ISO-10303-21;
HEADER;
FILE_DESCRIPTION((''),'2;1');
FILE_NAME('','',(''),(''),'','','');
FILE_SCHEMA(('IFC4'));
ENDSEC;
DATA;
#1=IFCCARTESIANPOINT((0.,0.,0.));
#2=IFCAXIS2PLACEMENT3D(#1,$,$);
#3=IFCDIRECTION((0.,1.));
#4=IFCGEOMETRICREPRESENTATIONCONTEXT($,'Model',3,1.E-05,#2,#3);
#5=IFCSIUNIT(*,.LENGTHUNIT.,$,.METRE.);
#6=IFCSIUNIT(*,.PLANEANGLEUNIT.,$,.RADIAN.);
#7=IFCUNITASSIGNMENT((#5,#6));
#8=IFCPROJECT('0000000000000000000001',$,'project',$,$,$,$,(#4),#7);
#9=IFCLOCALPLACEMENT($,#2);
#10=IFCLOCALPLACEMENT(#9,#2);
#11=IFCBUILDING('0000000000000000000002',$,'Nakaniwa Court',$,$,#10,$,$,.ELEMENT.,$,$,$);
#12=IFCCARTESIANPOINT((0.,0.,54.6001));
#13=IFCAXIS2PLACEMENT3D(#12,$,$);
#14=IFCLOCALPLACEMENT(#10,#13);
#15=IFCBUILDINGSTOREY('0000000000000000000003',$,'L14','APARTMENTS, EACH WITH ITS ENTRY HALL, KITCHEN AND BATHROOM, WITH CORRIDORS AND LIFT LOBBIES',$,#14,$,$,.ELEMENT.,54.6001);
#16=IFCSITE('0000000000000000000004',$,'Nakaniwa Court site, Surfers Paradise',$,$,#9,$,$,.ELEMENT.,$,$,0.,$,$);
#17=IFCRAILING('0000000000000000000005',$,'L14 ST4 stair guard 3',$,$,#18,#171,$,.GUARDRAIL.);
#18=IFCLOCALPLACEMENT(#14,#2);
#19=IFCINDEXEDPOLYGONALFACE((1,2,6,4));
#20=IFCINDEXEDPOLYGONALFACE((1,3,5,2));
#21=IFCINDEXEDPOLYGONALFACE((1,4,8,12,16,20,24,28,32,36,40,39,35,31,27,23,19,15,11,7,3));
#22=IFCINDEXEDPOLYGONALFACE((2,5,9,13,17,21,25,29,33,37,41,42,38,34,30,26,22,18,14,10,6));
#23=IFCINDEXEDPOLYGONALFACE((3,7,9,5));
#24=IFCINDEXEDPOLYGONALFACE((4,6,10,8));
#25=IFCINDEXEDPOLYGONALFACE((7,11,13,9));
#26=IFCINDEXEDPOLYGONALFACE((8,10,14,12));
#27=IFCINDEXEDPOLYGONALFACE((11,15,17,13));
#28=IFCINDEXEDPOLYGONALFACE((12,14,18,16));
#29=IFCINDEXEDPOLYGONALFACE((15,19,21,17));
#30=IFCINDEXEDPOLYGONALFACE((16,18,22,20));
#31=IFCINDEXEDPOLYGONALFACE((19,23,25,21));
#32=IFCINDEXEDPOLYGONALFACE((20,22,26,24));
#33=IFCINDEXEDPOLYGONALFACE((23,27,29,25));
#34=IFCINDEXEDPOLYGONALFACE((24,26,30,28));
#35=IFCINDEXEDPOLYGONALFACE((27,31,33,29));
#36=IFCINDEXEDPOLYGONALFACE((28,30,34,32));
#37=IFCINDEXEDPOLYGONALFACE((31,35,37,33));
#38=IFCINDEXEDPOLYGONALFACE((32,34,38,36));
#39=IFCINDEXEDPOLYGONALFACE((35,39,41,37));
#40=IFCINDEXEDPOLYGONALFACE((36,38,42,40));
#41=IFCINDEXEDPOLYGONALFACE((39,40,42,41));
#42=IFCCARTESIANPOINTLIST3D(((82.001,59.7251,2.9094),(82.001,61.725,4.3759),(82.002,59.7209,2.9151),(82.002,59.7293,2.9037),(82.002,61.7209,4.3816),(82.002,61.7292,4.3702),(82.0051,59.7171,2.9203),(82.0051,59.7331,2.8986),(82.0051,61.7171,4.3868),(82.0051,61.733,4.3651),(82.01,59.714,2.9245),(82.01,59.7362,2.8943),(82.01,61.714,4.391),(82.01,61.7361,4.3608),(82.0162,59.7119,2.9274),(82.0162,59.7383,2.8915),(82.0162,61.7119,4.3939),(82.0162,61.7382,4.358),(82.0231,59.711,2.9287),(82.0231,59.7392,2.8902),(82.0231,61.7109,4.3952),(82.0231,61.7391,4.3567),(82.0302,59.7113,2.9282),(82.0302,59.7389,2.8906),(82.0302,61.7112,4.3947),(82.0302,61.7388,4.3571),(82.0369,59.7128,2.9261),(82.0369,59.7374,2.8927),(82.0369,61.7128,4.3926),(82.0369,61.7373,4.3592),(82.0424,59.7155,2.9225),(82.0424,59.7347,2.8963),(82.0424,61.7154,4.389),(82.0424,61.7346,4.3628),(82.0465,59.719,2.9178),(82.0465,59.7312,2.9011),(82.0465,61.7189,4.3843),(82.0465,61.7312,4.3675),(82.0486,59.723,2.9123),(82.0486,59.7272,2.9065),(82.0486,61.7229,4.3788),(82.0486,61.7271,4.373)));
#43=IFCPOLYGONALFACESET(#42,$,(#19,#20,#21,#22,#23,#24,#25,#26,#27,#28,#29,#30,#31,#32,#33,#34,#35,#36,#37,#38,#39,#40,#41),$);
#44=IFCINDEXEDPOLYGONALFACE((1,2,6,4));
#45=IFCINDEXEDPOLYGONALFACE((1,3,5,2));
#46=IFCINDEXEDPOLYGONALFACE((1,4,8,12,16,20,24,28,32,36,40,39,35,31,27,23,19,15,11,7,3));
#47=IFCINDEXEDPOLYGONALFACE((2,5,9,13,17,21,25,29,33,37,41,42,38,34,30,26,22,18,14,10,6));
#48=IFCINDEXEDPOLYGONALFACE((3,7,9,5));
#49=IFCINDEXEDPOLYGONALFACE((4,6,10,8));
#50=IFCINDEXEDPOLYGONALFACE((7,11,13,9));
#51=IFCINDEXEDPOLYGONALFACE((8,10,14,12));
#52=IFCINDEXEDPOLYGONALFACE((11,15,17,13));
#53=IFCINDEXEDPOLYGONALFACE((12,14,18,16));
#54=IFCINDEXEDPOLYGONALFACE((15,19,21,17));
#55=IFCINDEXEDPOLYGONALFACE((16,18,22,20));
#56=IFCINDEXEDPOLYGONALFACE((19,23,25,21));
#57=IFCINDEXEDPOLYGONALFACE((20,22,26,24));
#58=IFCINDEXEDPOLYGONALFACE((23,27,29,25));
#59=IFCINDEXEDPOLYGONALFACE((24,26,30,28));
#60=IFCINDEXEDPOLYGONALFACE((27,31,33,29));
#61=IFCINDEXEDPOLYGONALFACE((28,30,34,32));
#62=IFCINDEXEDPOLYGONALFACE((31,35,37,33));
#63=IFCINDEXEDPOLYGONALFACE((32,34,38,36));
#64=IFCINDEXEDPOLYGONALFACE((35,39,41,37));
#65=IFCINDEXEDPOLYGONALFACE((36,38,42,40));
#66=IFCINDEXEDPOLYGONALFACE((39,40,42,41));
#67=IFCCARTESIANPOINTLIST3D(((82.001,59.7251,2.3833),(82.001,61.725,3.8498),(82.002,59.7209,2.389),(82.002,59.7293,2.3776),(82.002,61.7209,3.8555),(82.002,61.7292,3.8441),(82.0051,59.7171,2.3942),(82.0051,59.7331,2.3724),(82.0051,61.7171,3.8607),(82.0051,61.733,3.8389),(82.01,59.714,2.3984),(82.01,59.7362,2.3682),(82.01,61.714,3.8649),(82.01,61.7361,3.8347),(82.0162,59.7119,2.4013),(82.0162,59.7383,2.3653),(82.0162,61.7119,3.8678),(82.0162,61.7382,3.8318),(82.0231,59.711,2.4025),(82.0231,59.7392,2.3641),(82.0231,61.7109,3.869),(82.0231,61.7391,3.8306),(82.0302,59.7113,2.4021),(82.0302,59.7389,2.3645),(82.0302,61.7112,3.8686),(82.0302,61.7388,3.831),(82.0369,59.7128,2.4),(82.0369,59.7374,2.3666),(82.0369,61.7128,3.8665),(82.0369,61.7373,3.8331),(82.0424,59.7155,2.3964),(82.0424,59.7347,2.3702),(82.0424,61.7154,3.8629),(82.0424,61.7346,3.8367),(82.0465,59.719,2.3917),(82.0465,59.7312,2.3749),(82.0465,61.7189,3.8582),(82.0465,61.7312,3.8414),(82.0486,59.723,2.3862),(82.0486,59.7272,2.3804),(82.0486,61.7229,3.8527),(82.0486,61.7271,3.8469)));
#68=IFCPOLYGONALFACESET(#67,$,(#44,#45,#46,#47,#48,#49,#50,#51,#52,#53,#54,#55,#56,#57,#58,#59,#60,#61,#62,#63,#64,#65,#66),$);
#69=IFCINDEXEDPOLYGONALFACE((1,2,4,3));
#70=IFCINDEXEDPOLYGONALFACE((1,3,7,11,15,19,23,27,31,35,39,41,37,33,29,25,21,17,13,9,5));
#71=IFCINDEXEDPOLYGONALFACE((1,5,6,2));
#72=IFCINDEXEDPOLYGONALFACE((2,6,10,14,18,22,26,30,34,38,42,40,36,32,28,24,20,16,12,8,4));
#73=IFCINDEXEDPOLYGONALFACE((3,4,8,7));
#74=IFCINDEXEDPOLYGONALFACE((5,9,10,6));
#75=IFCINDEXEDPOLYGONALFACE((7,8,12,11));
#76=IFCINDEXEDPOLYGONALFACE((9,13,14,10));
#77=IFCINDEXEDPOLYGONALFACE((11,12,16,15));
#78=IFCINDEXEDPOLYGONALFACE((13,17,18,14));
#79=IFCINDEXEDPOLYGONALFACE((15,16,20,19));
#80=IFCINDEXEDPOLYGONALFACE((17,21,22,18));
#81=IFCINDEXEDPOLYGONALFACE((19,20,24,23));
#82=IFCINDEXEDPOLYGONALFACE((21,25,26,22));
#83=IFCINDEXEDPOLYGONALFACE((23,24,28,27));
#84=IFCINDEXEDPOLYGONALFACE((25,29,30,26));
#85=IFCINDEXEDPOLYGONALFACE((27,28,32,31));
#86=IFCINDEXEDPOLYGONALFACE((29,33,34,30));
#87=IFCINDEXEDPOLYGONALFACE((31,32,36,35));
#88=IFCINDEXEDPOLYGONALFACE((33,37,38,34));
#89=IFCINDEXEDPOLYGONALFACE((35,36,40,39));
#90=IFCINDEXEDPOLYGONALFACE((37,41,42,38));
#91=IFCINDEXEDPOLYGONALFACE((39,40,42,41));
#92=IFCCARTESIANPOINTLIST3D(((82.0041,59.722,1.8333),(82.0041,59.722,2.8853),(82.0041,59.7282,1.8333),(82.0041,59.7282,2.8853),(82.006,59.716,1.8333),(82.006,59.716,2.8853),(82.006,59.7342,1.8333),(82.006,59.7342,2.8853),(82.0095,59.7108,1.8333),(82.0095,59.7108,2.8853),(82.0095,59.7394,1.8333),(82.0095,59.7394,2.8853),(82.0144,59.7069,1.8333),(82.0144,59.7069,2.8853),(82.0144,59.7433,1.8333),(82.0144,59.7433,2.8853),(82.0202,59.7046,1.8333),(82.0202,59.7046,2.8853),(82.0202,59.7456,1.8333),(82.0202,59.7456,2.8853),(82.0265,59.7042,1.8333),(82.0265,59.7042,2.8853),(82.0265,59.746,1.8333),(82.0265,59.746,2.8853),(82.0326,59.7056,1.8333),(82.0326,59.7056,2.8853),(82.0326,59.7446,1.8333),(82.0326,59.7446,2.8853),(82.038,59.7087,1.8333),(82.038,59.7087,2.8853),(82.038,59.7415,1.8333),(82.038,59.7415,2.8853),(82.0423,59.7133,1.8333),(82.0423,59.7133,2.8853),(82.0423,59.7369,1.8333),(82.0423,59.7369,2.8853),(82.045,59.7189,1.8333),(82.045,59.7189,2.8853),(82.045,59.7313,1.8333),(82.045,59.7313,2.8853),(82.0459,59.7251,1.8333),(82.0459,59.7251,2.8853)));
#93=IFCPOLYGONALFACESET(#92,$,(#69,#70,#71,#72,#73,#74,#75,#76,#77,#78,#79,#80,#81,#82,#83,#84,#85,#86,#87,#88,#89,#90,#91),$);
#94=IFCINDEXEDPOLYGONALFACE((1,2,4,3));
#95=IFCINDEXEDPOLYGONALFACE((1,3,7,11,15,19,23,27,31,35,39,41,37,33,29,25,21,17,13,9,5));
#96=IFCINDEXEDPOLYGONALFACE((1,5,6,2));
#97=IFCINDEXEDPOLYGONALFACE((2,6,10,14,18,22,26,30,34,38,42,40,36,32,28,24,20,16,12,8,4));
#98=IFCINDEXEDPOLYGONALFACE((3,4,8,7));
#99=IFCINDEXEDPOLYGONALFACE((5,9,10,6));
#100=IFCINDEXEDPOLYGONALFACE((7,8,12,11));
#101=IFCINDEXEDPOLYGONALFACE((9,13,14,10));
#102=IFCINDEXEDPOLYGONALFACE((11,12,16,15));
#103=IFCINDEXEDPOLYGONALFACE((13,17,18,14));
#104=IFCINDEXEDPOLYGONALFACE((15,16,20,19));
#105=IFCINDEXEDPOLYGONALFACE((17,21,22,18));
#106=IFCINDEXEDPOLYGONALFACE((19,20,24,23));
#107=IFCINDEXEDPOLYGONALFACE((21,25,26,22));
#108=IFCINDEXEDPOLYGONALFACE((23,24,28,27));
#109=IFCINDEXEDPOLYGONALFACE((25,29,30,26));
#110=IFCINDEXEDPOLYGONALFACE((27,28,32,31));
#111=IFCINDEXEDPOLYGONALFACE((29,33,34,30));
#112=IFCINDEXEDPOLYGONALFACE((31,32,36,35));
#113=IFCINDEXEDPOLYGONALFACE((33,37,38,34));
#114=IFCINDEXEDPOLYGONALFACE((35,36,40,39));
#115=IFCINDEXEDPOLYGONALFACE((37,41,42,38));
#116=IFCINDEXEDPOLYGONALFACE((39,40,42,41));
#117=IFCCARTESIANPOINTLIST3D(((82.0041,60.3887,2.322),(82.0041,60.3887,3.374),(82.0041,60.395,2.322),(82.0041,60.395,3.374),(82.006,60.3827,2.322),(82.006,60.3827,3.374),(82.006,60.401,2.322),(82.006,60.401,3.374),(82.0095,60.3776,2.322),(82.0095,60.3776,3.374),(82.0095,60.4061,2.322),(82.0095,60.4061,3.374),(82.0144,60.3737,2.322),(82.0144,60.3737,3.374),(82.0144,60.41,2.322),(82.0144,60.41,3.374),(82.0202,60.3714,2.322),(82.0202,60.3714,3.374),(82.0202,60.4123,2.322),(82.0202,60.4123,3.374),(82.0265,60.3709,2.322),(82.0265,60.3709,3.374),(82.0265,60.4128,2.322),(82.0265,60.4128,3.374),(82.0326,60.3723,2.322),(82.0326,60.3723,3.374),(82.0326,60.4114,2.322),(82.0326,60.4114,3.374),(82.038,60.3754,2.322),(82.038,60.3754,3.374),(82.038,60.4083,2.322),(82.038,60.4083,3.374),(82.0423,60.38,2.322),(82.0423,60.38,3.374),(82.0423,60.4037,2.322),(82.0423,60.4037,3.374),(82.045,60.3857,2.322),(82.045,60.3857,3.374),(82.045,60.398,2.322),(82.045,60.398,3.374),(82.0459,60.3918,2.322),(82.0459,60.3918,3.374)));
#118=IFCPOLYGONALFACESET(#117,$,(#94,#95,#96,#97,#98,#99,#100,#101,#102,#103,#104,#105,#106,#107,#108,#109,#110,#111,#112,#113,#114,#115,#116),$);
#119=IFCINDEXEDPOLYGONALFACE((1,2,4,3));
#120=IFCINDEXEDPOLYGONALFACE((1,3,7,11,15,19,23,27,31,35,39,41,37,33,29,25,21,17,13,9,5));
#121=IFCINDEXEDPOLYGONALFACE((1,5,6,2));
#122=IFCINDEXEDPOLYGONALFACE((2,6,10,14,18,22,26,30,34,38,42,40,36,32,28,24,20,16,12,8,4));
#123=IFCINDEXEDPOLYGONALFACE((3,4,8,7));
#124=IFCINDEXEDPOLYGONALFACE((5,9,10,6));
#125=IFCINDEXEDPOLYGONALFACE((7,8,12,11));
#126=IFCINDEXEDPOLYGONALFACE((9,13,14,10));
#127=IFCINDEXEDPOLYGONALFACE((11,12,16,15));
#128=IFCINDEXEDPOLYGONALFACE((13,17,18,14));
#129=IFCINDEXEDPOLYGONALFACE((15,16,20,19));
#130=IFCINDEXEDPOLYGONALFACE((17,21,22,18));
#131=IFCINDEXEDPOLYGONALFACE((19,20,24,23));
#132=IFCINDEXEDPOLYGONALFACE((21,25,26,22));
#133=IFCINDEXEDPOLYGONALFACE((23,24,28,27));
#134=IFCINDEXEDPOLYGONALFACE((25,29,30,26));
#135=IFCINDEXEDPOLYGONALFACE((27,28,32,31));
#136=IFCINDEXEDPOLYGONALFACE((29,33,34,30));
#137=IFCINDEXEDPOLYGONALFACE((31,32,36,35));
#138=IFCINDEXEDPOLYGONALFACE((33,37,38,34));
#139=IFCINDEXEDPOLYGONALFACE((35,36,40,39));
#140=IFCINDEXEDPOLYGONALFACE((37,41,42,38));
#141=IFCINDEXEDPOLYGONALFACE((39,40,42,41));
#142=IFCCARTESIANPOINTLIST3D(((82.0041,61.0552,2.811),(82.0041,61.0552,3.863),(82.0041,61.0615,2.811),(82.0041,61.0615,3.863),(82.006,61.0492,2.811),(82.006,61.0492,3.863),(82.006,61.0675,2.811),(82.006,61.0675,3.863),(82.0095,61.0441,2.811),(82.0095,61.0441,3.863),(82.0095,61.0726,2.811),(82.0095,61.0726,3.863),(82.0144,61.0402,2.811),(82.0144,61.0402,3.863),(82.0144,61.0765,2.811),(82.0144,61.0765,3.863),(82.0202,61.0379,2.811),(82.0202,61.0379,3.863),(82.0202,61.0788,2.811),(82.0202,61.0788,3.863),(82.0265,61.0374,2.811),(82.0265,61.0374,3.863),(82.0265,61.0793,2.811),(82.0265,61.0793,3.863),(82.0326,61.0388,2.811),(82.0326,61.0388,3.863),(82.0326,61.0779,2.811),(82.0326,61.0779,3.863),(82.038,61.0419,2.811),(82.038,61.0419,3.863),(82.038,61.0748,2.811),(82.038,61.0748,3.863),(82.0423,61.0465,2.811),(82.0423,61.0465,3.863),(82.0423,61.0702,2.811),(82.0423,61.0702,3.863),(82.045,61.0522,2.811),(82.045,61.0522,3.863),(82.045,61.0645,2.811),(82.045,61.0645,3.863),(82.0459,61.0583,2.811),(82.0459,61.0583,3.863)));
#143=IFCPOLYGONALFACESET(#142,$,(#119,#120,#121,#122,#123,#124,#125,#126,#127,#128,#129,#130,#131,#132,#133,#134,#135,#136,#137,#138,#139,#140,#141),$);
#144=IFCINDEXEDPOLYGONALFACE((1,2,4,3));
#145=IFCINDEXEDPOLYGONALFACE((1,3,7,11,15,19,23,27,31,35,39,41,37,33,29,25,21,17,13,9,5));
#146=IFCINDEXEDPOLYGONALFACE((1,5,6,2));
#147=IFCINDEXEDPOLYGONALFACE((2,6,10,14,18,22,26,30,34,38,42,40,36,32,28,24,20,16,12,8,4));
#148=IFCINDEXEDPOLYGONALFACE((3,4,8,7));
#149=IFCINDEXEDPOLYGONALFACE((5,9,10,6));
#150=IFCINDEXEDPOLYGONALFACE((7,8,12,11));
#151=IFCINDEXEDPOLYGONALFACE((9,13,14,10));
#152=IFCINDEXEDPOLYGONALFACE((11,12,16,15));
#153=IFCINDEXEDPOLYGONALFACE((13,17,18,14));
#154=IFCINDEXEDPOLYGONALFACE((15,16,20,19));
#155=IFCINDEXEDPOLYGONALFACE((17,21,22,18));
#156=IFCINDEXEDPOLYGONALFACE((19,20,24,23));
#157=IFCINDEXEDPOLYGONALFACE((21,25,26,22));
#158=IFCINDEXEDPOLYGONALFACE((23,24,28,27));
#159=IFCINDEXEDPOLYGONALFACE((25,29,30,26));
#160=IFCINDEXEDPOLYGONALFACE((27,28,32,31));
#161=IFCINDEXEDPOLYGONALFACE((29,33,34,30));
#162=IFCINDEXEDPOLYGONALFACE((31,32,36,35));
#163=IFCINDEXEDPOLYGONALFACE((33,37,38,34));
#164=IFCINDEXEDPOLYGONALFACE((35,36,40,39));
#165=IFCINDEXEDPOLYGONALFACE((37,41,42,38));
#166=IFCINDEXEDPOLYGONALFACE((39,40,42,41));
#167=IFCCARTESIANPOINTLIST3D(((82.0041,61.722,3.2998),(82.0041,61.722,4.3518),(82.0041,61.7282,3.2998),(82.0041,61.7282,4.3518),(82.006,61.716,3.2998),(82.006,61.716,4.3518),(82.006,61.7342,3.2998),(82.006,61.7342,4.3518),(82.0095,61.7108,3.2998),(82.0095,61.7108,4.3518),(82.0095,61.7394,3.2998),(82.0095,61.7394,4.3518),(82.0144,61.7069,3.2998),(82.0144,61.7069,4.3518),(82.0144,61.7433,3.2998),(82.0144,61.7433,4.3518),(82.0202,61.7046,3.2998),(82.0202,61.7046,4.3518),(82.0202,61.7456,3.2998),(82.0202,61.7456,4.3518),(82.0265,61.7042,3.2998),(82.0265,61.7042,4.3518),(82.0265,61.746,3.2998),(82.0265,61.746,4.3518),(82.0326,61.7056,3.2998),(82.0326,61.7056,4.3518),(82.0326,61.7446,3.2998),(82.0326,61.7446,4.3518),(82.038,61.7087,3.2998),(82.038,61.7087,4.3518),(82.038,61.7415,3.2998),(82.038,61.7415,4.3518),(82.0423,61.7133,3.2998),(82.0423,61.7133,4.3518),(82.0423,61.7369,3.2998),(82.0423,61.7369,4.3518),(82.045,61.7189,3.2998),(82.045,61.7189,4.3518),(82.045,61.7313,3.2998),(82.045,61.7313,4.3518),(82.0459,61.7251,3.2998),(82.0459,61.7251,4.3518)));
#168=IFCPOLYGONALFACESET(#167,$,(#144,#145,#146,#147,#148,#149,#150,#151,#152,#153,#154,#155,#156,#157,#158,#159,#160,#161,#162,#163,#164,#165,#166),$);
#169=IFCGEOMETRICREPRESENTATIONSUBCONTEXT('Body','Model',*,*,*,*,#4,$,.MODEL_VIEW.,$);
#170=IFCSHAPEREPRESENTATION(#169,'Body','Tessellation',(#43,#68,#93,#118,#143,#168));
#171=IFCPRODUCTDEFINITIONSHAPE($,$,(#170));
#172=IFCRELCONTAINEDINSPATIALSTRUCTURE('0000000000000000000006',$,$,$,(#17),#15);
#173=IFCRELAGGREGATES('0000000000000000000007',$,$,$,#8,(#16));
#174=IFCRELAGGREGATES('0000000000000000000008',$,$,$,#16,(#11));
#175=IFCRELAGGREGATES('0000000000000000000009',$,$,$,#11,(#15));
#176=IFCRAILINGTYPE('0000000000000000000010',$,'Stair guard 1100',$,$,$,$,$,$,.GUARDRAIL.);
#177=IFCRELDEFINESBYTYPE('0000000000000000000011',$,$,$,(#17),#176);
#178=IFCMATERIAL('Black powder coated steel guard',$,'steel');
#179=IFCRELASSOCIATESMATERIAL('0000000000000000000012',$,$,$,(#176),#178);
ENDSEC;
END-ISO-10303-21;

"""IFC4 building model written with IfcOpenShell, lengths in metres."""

from ifc_helpers import new_model, si_unit, direction, frame, origin, origin_2d, place, context, subcontext, project, spatial, circle, extrude, material, type_object, element, save


model = new_model("IFC4")

# Units and contexts
model_context = context("Model", 3, precision=1e-05, world=origin(), true_north=direction((0.0, 1.0)))
body_context = subcontext(model_context, "Body", "Model", "MODEL_VIEW")
ifc_project = project(units=[si_unit("LENGTHUNIT", "METRE"), si_unit("PLANEANGLEUNIT", "RADIAN")], contexts=[model_context])

# Site, building, storey
site_placement = place(None, origin())
site = spatial("IfcSite", under=ifc_project, at=site_placement, Name="Nakaniwa Court site, Surfers Paradise", CompositionType="ELEMENT", RefElevation=0.0)
building_placement = place(site_placement, origin())
building = spatial("IfcBuilding", under=site, at=building_placement, Name="Nakaniwa Court", CompositionType="ELEMENT")
storey_placement = place(building_placement, frame((0.0, 0.0, 54.6001)))
storey = spatial("IfcBuildingStorey", under=building, at=storey_placement, Name="L14", Description="APARTMENTS, EACH WITH ITS ENTRY HALL, KITCHEN AND BATHROOM, WITH CORRIDORS AND LIFT LOBBIES", CompositionType="ELEMENT", Elevation=54.6001)

# Railing
ifc_material_1 = material(Name="Black powder coated steel guard", Category="steel")
railing_type_1 = type_object("IfcRailingType", Name="Stair guard 1100", PredefinedType="GUARDRAIL", material=ifc_material_1)
railing_1_placement = place(storey_placement, frame((82.0249, 59.7251, 1.8333)))
element("IfcRailing", 1, at=railing_1_placement, inside=storey, type_object=railing_type_1, Name="L14 ST4 stair guard 3", PredefinedType="GUARDRAIL", context=body_context, shape_type="SweptSolid", body=[
    extrude(circle(Radius=0.0239, at=origin_2d()), frame((0.0, 0.0, 1.0762), z_axis=(0.0, 0.806427, 0.591334), x_axis=(-1.0, 0.0, 0.0)), (0.0, 0.0, 1.0), 2.48),
    extrude(circle(Radius=0.0239, at=origin_2d()), frame((0.0, 0.0, 0.55), z_axis=(0.0, 0.806427, 0.591334), x_axis=(-1.0, 0.0, 0.0)), (0.0, 0.0, 1.0), 2.48),
    extrude(circle(Radius=0.021, at=origin_2d()), origin(), (0.0, 0.0, 1.0), 1.052),
    extrude(circle(Radius=0.021, at=origin_2d()), frame((0.0, 0.6667, 0.4888)), (0.0, 0.0, 1.0), 1.052),
    extrude(circle(Radius=0.021, at=origin_2d()), frame((0.0, 1.3333, 0.9778)), (0.0, 0.0, 1.0), 1.052),
    extrude(circle(Radius=0.021, at=origin_2d()), frame((0.0, 2.0, 1.4666)), (0.0, 0.0, 1.0), 1.052),
])

save(model, "model.ifc")
